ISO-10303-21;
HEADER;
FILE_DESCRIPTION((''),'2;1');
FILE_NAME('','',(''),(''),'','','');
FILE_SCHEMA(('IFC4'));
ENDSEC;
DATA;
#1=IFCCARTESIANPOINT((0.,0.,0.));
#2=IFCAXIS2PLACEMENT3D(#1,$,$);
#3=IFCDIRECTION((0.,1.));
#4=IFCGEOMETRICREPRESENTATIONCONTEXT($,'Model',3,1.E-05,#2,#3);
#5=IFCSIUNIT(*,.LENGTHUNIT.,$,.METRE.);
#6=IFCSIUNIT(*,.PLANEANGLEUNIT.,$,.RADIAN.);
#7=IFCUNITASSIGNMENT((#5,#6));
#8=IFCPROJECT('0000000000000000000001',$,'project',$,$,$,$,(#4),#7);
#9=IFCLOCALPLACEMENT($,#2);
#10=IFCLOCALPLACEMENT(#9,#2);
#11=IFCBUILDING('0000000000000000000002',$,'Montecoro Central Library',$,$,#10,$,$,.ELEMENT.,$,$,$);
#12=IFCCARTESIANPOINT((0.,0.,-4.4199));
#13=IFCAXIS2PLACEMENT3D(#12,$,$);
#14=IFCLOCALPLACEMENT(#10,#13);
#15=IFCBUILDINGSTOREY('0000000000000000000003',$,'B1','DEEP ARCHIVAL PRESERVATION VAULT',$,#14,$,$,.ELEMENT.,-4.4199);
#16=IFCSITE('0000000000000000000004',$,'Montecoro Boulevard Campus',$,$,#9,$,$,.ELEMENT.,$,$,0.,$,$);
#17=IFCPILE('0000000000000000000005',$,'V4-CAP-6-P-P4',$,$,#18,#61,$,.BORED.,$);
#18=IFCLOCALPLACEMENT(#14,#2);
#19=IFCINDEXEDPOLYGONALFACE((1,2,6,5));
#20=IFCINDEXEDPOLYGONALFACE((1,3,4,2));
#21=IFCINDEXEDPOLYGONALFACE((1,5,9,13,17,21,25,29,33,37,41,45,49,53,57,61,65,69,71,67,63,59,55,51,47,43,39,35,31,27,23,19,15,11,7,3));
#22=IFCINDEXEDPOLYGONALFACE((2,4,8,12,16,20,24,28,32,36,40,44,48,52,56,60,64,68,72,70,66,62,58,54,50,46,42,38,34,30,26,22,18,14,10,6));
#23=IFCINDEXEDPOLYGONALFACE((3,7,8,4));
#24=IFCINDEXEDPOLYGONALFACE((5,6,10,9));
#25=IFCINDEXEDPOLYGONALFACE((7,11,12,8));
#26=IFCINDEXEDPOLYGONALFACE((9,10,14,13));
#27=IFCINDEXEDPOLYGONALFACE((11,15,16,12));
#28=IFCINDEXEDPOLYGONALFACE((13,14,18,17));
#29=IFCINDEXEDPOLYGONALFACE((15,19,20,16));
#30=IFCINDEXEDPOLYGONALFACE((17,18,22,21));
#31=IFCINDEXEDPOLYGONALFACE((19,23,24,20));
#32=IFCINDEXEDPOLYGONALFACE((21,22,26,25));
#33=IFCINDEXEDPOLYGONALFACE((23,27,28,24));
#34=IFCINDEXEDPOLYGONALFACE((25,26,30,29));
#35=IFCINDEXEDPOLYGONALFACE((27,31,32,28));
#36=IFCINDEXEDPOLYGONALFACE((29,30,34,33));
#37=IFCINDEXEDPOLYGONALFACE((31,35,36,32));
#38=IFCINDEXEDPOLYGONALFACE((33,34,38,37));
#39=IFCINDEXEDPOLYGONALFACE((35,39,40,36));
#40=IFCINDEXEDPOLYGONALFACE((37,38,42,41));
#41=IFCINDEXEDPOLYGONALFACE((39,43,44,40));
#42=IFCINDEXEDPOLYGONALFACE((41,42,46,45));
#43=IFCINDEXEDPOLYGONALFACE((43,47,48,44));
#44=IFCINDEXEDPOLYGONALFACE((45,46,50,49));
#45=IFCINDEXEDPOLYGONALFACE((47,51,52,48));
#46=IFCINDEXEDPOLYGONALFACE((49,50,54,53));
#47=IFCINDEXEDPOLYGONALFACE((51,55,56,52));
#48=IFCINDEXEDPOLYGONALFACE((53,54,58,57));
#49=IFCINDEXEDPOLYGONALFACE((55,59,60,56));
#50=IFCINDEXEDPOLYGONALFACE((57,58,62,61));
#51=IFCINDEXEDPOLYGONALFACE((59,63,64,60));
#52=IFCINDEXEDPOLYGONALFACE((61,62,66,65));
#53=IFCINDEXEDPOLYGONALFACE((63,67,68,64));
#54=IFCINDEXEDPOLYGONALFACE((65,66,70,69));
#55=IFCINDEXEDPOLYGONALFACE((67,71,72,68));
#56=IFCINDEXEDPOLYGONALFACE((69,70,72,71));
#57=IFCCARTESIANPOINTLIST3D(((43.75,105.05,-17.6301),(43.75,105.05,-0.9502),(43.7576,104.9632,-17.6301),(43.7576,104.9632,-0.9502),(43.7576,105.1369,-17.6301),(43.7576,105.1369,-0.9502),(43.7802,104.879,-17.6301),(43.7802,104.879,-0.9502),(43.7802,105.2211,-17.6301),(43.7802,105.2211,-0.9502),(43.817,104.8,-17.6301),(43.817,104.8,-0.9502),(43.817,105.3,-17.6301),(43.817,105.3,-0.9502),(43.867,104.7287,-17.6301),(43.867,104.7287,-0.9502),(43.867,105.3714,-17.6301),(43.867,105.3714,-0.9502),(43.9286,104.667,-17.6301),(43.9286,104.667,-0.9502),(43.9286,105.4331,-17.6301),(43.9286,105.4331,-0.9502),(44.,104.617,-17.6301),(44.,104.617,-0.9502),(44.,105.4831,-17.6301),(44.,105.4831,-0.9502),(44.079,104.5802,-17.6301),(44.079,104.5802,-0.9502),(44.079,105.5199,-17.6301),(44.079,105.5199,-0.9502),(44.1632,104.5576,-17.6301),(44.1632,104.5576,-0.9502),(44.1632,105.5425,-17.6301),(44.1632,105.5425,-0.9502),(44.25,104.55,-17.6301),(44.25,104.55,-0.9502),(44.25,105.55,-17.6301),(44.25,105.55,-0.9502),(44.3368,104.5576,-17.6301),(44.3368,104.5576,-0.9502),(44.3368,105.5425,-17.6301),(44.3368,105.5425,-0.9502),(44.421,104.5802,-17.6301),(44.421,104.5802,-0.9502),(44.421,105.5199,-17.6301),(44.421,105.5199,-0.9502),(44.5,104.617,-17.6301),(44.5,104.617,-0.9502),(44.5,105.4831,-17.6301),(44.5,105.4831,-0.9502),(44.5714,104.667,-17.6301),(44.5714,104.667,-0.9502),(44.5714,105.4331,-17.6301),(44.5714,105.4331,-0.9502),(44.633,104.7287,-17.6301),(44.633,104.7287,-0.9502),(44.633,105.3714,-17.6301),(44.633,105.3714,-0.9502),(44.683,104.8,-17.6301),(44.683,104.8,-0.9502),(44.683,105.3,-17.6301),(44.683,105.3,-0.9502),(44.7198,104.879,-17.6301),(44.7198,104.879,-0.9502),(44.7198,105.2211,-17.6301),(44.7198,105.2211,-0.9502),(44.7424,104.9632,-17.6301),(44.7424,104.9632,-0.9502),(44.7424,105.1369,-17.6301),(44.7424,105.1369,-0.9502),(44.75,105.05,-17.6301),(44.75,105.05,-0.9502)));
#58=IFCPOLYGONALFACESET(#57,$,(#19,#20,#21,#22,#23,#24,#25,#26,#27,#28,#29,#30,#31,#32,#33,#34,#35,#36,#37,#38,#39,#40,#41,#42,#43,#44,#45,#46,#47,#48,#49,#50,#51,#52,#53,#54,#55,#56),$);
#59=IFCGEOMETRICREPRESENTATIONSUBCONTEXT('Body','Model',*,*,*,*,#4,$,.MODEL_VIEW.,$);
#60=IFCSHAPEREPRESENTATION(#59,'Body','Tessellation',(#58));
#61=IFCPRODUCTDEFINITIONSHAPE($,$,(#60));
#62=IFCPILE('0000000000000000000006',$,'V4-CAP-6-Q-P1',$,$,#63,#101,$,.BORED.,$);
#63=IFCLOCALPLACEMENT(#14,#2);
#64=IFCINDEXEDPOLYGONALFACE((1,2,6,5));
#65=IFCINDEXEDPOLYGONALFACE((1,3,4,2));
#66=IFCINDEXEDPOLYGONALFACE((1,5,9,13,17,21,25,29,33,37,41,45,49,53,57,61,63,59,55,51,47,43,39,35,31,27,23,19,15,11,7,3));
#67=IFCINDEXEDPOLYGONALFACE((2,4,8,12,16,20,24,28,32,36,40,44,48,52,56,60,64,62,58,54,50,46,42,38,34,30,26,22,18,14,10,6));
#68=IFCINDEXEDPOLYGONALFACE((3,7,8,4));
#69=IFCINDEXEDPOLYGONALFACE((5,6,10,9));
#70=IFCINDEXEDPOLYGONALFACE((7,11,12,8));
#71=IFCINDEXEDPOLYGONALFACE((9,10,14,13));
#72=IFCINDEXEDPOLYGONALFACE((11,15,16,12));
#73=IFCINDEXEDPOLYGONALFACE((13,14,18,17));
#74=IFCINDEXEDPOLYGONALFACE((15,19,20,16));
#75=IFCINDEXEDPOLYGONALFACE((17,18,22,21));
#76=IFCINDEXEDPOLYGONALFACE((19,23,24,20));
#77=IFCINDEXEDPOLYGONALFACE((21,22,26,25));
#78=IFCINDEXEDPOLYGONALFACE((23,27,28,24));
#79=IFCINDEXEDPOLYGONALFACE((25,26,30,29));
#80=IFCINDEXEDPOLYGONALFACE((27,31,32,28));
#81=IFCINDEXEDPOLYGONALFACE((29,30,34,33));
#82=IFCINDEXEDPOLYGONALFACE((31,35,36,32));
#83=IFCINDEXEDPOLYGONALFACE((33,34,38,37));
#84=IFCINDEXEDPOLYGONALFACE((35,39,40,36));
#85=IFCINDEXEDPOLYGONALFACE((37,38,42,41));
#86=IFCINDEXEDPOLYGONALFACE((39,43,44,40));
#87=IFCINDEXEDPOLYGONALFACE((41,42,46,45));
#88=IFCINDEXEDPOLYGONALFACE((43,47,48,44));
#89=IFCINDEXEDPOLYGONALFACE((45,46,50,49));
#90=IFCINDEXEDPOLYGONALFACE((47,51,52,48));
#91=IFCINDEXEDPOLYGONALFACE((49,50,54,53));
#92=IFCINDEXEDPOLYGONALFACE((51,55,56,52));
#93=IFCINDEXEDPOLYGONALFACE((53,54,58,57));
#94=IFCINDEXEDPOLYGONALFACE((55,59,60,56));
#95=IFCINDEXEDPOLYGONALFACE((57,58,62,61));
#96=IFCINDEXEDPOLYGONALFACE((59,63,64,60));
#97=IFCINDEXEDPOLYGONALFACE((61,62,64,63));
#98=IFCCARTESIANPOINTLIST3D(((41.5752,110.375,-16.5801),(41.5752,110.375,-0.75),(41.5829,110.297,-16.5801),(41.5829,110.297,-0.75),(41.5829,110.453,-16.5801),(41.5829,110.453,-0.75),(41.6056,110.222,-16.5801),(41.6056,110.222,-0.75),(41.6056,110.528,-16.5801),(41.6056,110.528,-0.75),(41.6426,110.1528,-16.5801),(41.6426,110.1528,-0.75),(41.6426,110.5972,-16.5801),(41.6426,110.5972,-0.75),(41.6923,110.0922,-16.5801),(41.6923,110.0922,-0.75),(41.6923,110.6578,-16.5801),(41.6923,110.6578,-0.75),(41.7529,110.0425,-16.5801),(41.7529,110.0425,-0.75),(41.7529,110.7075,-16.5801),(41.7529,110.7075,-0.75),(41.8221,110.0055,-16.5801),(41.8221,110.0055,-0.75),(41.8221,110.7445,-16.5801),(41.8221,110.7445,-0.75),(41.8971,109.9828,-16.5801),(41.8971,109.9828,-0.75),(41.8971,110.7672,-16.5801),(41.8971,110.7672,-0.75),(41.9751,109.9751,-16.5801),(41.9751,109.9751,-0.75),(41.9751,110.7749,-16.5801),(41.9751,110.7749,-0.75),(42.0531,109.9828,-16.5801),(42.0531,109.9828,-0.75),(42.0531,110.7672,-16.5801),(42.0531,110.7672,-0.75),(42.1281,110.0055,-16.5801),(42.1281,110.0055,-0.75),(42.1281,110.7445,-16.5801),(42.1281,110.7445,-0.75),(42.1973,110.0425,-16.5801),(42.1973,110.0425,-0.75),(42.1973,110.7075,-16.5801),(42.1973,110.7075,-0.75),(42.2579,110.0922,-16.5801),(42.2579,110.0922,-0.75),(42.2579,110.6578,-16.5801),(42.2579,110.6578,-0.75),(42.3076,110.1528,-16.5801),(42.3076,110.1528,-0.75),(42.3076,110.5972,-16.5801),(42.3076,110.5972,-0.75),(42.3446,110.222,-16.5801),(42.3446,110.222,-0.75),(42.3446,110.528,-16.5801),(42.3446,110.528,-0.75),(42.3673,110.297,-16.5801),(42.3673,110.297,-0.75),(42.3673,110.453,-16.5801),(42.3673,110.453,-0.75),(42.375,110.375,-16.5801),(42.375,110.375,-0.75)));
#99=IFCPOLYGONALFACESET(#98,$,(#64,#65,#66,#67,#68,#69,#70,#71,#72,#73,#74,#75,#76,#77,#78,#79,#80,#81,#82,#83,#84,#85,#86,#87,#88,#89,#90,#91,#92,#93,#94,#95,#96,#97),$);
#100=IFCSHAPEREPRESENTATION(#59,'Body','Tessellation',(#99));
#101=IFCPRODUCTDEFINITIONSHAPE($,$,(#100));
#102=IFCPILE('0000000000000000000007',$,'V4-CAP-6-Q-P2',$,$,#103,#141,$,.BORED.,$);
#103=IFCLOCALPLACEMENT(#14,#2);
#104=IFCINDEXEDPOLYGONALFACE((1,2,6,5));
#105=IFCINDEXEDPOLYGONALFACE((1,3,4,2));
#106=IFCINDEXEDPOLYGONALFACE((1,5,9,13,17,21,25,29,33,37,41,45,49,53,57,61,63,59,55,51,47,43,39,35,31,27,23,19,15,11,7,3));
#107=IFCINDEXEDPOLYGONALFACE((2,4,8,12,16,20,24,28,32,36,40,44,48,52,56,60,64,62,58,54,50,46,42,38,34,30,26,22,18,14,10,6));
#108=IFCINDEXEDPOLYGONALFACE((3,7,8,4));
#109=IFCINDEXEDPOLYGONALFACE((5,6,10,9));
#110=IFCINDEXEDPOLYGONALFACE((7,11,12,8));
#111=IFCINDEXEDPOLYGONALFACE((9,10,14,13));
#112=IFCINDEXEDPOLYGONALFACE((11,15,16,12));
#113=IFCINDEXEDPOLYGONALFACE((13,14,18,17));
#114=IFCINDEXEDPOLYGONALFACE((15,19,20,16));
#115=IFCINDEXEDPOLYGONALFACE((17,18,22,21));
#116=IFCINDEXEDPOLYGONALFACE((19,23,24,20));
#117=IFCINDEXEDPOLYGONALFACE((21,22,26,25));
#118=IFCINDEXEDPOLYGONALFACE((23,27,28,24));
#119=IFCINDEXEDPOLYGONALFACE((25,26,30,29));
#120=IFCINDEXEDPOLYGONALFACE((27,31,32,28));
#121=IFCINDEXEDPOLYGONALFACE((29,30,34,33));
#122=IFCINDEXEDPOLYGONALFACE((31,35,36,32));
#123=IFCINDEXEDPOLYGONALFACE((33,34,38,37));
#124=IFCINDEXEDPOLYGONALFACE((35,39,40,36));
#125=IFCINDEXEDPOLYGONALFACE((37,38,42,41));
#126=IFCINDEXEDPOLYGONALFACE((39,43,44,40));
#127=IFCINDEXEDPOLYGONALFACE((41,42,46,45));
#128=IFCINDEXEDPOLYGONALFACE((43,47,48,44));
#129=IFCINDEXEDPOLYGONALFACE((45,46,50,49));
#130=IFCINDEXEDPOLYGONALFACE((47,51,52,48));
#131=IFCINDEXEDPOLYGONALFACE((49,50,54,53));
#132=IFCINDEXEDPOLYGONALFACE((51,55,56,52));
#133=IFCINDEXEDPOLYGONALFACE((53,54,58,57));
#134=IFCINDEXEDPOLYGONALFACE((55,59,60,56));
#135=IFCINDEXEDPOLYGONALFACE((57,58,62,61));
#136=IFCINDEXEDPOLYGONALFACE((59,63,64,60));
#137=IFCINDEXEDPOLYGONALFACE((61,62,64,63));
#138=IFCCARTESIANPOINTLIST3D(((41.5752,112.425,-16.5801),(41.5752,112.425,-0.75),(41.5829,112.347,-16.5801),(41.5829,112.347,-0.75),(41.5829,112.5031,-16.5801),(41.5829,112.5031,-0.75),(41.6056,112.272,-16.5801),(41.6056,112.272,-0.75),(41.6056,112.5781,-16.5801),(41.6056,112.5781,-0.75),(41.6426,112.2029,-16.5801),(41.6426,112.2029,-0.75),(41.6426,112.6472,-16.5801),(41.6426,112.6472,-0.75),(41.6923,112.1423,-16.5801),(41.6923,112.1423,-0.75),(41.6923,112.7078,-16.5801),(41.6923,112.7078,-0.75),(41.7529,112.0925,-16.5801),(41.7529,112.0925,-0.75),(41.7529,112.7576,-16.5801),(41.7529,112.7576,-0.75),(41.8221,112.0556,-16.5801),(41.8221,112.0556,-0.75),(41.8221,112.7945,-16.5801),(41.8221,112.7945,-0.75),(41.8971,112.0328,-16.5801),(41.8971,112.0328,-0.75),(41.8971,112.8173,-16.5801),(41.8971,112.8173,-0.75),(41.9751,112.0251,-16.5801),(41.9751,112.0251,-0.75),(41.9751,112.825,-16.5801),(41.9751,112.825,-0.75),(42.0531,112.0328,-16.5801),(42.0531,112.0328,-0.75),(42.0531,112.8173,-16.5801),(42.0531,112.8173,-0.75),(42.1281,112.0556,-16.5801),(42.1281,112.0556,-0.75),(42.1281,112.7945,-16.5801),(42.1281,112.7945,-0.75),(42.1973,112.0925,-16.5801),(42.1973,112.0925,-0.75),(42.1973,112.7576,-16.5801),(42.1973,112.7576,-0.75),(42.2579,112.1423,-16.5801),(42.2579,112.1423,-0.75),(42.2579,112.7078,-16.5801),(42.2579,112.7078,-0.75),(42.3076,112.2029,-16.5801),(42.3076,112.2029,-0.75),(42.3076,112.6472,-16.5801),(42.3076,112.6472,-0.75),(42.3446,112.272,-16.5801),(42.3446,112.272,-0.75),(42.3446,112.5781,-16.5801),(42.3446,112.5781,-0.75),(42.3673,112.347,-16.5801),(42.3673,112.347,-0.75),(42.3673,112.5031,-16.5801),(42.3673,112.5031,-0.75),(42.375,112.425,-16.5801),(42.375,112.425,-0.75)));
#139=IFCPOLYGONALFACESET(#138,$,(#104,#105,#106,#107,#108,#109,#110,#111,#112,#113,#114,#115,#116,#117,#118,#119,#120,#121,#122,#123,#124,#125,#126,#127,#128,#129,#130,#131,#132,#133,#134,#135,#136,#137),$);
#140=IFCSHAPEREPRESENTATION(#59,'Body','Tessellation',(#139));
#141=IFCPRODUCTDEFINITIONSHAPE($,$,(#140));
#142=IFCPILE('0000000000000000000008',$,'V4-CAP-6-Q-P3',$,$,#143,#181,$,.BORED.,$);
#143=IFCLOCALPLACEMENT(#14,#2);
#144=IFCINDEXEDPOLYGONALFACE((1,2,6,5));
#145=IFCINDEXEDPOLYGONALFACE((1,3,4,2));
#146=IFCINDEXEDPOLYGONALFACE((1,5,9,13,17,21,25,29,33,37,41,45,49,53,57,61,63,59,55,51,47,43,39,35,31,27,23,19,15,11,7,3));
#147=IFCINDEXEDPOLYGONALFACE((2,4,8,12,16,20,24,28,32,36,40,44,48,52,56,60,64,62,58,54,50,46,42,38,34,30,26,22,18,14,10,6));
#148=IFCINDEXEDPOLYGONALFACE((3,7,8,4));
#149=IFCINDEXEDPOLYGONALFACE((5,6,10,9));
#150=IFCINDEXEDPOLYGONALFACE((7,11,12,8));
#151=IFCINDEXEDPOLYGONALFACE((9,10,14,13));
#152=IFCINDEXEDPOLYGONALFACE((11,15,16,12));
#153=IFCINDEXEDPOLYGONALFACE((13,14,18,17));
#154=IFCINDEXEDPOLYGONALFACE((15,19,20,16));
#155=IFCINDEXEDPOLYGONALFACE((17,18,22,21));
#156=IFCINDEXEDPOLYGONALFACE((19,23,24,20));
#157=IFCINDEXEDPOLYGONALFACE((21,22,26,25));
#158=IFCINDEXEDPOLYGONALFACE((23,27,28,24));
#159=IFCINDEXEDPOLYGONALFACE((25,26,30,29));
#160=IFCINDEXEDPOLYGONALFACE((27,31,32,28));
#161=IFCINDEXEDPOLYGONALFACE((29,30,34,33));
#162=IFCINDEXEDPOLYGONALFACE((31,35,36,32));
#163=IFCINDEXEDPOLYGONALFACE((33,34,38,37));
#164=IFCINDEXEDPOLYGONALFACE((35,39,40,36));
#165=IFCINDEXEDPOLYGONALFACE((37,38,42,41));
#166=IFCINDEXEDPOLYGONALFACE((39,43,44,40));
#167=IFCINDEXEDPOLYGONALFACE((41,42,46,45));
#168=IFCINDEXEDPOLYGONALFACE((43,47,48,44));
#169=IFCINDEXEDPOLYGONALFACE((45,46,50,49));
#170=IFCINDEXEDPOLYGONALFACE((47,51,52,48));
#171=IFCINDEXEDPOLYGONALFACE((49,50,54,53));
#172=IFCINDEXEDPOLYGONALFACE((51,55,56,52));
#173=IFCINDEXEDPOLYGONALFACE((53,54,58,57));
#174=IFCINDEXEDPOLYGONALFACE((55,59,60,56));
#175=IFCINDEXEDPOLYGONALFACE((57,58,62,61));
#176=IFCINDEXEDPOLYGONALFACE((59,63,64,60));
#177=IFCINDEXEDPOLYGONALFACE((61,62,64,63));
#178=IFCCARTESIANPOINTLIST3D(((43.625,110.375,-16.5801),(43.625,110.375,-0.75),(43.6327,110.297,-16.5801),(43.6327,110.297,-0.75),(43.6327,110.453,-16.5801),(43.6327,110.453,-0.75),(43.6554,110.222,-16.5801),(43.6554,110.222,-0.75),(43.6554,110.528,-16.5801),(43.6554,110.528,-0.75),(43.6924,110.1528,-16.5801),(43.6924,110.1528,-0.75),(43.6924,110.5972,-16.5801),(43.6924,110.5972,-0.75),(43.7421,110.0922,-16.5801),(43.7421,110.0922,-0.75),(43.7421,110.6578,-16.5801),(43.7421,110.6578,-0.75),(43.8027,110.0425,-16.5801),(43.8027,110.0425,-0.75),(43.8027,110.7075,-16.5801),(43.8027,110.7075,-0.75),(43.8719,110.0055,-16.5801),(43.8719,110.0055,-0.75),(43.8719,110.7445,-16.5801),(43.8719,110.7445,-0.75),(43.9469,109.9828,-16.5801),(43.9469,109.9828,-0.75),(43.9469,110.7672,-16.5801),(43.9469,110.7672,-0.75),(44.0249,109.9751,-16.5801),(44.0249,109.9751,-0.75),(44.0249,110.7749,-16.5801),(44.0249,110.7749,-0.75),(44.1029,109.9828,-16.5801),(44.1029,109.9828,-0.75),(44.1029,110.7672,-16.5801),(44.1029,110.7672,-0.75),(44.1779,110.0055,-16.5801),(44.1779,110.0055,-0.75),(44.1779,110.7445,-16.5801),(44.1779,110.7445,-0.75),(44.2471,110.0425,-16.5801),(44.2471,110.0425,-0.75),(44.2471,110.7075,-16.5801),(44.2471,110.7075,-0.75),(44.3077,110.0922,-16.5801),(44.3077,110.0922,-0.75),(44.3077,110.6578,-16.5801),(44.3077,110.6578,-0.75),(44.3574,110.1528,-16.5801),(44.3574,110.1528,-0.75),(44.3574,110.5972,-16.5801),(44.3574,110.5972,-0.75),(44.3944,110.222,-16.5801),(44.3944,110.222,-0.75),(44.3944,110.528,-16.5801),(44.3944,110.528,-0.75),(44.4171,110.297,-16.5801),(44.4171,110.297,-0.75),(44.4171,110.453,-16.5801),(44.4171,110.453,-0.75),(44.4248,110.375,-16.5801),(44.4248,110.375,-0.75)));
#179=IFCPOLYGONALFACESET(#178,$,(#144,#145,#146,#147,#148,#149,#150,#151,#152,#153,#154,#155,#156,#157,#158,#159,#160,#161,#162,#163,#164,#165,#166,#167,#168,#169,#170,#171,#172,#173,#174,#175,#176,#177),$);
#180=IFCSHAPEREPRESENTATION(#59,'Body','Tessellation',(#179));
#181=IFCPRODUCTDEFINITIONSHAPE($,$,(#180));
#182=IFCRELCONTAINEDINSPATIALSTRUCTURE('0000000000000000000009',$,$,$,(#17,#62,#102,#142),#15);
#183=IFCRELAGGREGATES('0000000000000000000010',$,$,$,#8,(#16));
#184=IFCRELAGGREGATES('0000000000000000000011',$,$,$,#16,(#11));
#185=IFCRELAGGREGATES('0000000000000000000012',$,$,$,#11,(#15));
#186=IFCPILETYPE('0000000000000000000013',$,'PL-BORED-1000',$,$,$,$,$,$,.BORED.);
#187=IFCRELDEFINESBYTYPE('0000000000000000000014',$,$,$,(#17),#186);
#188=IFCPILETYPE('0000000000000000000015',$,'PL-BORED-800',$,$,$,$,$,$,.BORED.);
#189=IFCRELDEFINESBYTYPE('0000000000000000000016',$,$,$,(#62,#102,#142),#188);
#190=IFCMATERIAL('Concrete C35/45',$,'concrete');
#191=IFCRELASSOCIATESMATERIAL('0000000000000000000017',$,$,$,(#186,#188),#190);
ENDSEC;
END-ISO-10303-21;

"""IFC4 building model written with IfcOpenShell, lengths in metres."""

from ifc_helpers import new_model, si_unit, direction, frame, origin, origin_2d, place, context, subcontext, project, spatial, circle, extrude, material, material_profile, profile_set, type_object, element, save


model = new_model("IFC4")

# Units and contexts
model_context = context("Model", 3, precision=1e-05, world=origin(), true_north=direction((0.0, 1.0)))
body_context = subcontext(model_context, "Body", "Model", "MODEL_VIEW")
ifc_project = project(units=[si_unit("LENGTHUNIT", "METRE"), si_unit("PLANEANGLEUNIT", "RADIAN")], contexts=[model_context])

# Site, building, storey
site_placement = place(None, origin())
site = spatial("IfcSite", under=ifc_project, at=site_placement, Name="Montecoro Boulevard Campus", CompositionType="ELEMENT", RefElevation=0.0)
building_placement = place(site_placement, origin())
building = spatial("IfcBuilding", under=site, at=building_placement, Name="Montecoro Central Library", CompositionType="ELEMENT")
storey_placement = place(building_placement, frame((0.0, 0.0, -4.4199)))
storey = spatial("IfcBuildingStorey", under=building, at=storey_placement, Name="B1", Description="DEEP ARCHIVAL PRESERVATION VAULT", CompositionType="ELEMENT", Elevation=-4.4199)

# Shared definitions
ifc_material_1 = material(Name="Concrete C35/45", Category="concrete")

# Piles
ifc_material_profile_1 = material_profile(ifc_material_1, circle(Radius=0.5, at=origin_2d()), Name="PILE D1000")
ifc_profile_set_1 = profile_set([ifc_material_profile_1], Name="Concrete C35/45")
pile_type_1 = type_object("IfcPileType", Name="PL-BORED-1000", PredefinedType="BORED", material=ifc_profile_set_1)
for number, where, z_axis, x_axis, name in (
    (1, (44.25, 105.05, -0.9502), (0.0, 0.0, -1.0), (1.0, 0.0, 0.0), "V4-CAP-6-P-P4"),
):
    element("IfcPile", number, at=place(storey_placement, frame(where, z_axis=z_axis, x_axis=x_axis)), inside=storey, type_object=pile_type_1, Name=name, PredefinedType="BORED", context=body_context, shape_type="SweptSolid", body=[
        extrude(circle(Radius=0.5, at=origin_2d()), origin(), (0.0, 0.0, 1.0), 16.6799),
    ])
ifc_material_profile_2 = material_profile(ifc_material_1, circle(Radius=0.3999, at=origin_2d()), Name="PILE D800")
ifc_profile_set_2 = profile_set([ifc_material_profile_2], Name="Concrete C35/45")
pile_type_2 = type_object("IfcPileType", Name="PL-BORED-800", PredefinedType="BORED", material=ifc_profile_set_2)
for number, where, z_axis, x_axis, name in (
    (2, (41.9751, 110.375, -0.75), (0.0, 0.0, -1.0), (1.0, 0.0, 0.0), "V4-CAP-6-Q-P1"),
    (3, (41.9751, 112.425, -0.75), (0.0, 0.0, -1.0), (1.0, 0.0, 0.0), "V4-CAP-6-Q-P2"),
    (4, (44.0249, 110.375, -0.75), (0.0, 0.0, -1.0), (1.0, 0.0, 0.0), "V4-CAP-6-Q-P3"),
):
    element("IfcPile", number, at=place(storey_placement, frame(where, z_axis=z_axis, x_axis=x_axis)), inside=storey, type_object=pile_type_2, Name=name, PredefinedType="BORED", context=body_context, shape_type="SweptSolid", body=[
        extrude(circle(Radius=0.3999, at=origin_2d()), origin(), (0.0, 0.0, 1.0), 15.8301),
    ])

save(model, "model.ifc")
